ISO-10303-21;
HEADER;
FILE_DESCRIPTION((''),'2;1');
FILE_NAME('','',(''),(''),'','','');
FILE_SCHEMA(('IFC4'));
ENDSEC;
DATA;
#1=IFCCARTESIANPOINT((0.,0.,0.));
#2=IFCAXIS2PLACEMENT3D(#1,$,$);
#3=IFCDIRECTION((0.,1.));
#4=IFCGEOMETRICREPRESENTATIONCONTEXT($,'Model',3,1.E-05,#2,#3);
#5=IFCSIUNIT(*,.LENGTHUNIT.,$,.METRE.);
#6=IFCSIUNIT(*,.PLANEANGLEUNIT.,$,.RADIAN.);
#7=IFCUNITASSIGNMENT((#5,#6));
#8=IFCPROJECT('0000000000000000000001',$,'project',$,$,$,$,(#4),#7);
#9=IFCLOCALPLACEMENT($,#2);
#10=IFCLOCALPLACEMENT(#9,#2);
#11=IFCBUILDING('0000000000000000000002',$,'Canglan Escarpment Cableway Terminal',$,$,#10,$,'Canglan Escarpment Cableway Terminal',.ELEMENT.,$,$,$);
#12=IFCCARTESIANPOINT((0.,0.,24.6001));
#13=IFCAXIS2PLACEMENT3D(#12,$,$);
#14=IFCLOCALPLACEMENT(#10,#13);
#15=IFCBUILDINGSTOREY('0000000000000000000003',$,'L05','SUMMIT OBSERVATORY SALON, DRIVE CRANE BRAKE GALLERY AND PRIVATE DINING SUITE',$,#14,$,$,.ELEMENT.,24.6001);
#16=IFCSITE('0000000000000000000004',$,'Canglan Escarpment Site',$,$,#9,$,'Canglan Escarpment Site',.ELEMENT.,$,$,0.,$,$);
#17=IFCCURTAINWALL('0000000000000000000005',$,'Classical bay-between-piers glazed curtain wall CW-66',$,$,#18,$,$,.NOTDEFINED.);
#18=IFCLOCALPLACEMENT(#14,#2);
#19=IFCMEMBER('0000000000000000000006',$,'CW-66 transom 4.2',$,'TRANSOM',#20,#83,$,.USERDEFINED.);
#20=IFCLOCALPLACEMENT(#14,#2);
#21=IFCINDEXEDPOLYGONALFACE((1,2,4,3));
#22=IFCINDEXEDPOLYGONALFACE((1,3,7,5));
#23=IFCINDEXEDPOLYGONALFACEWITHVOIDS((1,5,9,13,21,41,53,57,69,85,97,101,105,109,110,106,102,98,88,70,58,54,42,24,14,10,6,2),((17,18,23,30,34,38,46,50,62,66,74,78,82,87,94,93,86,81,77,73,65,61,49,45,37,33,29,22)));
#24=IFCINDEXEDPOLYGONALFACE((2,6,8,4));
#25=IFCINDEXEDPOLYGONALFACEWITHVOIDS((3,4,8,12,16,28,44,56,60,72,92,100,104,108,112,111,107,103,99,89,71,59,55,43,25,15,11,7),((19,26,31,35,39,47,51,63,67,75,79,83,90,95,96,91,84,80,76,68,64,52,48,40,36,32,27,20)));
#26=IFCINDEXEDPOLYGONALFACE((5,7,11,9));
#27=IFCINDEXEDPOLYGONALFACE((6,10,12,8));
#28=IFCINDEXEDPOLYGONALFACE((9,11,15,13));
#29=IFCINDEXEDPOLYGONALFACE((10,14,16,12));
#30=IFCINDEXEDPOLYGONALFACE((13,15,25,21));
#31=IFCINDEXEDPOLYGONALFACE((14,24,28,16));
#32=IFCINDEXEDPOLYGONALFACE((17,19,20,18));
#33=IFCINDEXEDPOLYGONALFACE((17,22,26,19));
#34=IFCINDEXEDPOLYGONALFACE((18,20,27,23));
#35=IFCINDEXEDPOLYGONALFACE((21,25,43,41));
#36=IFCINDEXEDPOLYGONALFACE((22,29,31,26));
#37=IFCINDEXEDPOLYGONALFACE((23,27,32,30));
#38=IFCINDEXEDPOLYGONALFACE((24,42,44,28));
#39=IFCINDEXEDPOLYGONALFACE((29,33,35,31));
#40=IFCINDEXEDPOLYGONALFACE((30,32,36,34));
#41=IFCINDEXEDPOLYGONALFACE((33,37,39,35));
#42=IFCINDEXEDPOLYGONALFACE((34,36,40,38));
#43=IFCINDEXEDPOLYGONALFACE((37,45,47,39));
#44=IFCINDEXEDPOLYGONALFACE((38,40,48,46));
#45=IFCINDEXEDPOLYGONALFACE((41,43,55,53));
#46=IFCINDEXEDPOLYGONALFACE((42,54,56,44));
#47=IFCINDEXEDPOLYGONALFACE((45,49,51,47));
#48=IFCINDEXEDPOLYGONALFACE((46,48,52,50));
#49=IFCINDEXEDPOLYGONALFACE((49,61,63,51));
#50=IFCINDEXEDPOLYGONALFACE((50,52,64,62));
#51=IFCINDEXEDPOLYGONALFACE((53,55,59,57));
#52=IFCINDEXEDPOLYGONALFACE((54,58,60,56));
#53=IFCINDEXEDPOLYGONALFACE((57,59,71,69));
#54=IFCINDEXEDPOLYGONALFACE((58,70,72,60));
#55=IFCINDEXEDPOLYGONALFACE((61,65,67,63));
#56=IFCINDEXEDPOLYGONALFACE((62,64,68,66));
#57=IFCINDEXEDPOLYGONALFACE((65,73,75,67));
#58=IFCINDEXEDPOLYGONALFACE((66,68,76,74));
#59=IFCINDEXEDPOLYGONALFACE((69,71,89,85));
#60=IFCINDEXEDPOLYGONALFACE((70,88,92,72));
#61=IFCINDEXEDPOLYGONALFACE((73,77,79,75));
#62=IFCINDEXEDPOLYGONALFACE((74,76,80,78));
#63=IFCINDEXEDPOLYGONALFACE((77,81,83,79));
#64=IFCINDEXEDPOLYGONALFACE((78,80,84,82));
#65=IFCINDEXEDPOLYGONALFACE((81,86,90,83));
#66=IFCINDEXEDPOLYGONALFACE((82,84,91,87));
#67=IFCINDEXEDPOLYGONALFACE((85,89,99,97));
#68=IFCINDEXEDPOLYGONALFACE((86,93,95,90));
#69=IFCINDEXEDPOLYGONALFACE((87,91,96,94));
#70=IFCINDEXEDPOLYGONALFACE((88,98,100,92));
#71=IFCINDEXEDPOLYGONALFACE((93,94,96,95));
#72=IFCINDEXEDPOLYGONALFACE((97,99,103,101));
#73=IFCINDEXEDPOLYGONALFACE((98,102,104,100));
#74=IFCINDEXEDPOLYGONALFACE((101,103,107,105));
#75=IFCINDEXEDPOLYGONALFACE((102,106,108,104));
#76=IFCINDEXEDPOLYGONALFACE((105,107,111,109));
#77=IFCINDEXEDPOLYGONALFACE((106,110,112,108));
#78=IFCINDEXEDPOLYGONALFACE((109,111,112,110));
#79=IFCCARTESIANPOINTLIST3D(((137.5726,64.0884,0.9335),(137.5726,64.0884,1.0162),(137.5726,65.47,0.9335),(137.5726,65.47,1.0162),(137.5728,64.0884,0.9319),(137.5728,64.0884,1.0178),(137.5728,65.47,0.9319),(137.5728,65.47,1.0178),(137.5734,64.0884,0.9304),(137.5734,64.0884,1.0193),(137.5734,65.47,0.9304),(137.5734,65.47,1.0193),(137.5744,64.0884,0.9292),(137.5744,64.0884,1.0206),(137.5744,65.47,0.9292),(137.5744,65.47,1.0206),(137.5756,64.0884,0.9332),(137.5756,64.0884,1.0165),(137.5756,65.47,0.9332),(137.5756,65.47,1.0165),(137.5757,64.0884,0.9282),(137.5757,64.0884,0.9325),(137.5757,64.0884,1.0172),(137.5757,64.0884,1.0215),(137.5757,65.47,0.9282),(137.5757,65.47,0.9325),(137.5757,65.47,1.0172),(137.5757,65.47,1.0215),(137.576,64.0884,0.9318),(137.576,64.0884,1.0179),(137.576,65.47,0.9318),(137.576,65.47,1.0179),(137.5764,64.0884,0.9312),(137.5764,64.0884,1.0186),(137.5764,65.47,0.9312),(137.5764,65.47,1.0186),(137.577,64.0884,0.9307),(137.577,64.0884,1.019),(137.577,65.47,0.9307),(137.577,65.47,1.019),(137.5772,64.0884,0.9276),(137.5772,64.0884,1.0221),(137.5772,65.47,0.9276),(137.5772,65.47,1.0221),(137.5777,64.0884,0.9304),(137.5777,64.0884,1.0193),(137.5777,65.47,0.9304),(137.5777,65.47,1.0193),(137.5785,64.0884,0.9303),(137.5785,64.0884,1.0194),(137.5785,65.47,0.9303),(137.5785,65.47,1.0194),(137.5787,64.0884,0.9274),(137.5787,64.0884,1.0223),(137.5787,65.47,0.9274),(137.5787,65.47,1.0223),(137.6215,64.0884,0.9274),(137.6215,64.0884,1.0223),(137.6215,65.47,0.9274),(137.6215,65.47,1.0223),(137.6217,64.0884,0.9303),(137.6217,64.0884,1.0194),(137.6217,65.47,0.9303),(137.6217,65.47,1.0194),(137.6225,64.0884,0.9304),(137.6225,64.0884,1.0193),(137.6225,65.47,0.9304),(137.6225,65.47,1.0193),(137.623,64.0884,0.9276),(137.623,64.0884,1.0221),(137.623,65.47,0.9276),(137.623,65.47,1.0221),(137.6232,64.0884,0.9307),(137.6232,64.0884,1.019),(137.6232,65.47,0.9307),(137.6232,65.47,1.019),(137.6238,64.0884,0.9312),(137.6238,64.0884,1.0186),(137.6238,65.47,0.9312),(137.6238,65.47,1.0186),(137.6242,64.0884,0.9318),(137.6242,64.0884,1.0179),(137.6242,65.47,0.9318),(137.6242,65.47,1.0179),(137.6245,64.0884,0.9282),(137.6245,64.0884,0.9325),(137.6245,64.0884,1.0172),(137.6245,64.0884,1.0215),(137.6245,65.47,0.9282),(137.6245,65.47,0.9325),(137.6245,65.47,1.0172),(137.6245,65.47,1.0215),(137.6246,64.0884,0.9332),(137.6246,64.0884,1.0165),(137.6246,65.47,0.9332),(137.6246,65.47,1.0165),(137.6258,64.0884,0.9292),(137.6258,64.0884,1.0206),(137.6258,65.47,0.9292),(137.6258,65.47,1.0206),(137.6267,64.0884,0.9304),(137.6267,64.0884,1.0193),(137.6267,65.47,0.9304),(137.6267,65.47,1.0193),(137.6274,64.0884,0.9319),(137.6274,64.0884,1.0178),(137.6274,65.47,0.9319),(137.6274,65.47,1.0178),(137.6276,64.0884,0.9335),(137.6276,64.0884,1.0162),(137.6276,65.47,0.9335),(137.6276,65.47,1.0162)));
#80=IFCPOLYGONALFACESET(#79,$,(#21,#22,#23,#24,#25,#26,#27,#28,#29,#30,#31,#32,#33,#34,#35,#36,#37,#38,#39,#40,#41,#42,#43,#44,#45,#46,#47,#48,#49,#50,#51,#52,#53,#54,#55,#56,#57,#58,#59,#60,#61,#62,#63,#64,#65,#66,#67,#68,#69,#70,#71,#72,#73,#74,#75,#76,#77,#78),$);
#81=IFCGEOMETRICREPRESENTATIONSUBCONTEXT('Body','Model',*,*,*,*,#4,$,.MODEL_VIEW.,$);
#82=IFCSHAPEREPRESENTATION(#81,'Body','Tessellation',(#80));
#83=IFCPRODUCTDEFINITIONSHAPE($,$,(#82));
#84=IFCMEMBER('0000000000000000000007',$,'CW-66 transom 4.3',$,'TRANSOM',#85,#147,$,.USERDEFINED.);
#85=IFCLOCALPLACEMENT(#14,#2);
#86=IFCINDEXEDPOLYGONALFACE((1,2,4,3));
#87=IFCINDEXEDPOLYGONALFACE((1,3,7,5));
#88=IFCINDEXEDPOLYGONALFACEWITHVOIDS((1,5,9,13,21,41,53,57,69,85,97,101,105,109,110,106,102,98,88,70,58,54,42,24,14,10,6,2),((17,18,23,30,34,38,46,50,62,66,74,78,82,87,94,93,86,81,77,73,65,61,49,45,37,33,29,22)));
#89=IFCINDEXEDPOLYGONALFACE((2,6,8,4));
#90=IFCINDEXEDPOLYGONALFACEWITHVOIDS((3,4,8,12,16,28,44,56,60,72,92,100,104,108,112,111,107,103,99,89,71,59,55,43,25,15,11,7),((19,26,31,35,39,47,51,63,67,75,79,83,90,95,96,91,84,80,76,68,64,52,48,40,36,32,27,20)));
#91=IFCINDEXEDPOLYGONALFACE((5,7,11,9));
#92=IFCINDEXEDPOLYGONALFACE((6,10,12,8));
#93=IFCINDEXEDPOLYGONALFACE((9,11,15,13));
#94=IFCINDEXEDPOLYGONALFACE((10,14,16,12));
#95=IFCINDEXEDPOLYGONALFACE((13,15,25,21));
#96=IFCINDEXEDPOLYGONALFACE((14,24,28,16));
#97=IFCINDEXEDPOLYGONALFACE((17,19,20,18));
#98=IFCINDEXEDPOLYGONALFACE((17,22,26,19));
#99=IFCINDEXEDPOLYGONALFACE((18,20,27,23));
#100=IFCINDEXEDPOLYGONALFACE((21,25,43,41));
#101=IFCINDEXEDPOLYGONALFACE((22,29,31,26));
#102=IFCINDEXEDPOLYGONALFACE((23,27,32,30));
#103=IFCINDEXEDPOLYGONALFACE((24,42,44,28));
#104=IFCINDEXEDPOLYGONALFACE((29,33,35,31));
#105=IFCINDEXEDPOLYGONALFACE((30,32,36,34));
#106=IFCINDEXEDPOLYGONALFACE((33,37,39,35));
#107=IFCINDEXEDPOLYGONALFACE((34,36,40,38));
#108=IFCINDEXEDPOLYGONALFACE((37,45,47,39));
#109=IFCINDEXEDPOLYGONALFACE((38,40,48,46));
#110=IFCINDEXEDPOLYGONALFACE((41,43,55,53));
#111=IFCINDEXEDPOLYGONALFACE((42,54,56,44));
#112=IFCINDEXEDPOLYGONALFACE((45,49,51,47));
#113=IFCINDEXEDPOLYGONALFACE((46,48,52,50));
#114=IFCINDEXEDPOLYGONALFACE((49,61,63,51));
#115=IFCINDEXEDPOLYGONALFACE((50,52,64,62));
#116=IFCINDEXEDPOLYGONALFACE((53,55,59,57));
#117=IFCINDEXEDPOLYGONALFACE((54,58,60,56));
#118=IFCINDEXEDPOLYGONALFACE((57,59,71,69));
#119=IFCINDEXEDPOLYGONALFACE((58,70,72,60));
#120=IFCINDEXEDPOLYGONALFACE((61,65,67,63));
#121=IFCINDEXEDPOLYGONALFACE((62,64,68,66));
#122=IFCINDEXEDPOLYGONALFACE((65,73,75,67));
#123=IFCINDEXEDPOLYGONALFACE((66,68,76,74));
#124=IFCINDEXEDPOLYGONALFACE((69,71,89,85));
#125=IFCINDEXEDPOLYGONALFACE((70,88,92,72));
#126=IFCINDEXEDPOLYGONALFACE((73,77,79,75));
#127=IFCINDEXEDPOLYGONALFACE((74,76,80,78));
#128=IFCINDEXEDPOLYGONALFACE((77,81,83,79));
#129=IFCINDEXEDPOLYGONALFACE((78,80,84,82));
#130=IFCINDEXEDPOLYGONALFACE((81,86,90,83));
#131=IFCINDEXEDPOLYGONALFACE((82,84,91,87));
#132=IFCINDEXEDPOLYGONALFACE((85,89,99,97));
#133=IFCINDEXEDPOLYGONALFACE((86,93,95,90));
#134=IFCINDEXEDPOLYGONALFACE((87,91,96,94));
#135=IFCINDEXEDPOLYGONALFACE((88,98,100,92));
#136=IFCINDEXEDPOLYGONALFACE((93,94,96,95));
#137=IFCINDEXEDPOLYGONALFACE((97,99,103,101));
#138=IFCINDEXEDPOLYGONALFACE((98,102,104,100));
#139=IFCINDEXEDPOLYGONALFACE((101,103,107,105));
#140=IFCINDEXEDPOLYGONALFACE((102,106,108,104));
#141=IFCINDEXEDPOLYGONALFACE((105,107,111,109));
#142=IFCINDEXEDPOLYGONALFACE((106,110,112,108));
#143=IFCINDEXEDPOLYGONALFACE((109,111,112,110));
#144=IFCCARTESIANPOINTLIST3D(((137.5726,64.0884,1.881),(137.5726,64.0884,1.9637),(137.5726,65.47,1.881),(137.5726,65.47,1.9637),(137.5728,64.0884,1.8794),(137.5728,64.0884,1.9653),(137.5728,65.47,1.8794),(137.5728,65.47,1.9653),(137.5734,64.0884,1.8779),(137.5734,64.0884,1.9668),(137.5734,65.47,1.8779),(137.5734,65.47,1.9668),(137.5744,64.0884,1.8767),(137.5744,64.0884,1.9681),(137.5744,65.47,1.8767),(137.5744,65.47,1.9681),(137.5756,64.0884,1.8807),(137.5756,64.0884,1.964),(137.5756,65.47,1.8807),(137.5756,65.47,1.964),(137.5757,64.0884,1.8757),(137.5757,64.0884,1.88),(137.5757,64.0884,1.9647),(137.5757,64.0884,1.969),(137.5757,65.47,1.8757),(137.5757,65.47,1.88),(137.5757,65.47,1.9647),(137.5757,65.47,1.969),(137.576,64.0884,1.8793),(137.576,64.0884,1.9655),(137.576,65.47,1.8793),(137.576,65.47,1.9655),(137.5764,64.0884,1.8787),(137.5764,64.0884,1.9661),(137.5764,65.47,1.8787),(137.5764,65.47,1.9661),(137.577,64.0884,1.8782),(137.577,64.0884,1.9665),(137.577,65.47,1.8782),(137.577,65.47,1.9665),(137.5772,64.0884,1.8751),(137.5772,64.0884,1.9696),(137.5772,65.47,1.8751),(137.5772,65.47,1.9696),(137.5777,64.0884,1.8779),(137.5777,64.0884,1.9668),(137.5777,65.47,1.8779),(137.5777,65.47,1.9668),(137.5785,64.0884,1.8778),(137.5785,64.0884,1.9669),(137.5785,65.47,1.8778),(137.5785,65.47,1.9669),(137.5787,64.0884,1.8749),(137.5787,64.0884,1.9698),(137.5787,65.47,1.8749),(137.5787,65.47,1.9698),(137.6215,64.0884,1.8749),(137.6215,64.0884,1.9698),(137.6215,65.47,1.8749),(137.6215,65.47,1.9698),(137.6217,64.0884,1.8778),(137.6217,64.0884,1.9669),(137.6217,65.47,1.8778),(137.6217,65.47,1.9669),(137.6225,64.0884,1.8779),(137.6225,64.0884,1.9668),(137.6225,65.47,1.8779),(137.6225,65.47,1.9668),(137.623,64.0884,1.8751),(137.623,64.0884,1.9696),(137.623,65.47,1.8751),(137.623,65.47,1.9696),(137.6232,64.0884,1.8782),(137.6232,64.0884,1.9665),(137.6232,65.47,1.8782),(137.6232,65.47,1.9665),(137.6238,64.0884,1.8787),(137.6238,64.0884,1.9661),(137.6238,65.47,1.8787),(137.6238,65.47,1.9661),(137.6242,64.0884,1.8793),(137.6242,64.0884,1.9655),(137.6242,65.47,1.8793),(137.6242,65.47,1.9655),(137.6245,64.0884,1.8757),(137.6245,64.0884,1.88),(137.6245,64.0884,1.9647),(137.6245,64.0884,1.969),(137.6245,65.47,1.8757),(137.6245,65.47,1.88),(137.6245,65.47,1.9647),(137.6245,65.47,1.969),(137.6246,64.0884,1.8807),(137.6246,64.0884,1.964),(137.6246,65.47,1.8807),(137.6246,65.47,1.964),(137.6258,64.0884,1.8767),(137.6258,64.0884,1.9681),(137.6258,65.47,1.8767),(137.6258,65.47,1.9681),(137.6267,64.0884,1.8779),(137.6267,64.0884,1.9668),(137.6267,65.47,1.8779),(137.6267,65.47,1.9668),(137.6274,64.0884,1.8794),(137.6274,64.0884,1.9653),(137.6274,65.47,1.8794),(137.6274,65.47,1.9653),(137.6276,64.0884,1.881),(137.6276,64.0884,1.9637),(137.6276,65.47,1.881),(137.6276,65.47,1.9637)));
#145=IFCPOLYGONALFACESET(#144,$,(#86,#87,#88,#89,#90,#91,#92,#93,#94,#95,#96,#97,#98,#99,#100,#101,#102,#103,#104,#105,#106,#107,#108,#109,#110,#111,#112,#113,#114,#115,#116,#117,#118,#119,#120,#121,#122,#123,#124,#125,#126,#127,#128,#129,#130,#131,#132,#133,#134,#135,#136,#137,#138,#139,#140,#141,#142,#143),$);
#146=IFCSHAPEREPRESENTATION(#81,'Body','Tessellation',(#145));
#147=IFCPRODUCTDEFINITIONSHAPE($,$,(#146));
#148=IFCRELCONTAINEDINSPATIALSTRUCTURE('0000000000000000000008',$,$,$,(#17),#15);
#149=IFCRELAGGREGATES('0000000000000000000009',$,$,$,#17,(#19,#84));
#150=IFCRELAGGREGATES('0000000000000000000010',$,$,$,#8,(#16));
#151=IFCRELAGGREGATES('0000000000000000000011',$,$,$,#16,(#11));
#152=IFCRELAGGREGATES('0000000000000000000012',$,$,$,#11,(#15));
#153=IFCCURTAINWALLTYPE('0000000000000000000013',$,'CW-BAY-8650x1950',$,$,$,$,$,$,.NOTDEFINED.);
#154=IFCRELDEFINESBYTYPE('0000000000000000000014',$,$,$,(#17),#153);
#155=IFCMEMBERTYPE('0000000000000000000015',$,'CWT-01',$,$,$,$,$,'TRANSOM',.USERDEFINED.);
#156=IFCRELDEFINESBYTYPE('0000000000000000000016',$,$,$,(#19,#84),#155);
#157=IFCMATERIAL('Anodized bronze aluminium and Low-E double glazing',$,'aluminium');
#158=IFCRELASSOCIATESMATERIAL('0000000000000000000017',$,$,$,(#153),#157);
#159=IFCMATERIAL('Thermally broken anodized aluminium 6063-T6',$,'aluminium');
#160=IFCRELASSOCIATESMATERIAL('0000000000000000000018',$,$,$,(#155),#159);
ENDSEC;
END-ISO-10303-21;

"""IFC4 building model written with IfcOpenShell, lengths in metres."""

from ifc_helpers import new_model, si_unit, direction, frame, origin, origin_2d, place, context, subcontext, project, spatial, hollow_rectangle, extrude, material, material_profile, profile_set, type_object, element, aggregate, save


model = new_model("IFC4")

# Units and contexts
model_context = context("Model", 3, precision=1e-05, world=origin(), true_north=direction((0.0, 1.0)))
body_context = subcontext(model_context, "Body", "Model", "MODEL_VIEW")
ifc_project = project(units=[si_unit("LENGTHUNIT", "METRE"), si_unit("PLANEANGLEUNIT", "RADIAN")], contexts=[model_context])

# Site, building, storey
site_placement = place(None, origin())
site = spatial("IfcSite", under=ifc_project, at=site_placement, Name="Canglan Escarpment Site", LongName="Canglan Escarpment Site", CompositionType="ELEMENT", RefElevation=0.0)
building_placement = place(site_placement, origin())
building = spatial("IfcBuilding", under=site, at=building_placement, Name="Canglan Escarpment Cableway Terminal", LongName="Canglan Escarpment Cableway Terminal", CompositionType="ELEMENT")
storey_placement = place(building_placement, frame((0.0, 0.0, 24.6001)))
storey = spatial("IfcBuildingStorey", under=building, at=storey_placement, Name="L05", Description="SUMMIT OBSERVATORY SALON, DRIVE CRANE BRAKE GALLERY AND PRIVATE DINING SUITE", CompositionType="ELEMENT", Elevation=24.6001)

# Curtain wall, members
ifc_material_1 = material(Name="Anodized bronze aluminium and Low-E double glazing", Category="aluminium")
curtain_wall_type = type_object("IfcCurtainWallType", Name="CW-BAY-8650x1950", PredefinedType="NOTDEFINED", material=ifc_material_1)
curtain_wall_placement = place(storey_placement, origin())
curtain_wall = element("IfcCurtainWall", 1, at=curtain_wall_placement, inside=storey, type_object=curtain_wall_type, Name="Classical bay-between-piers glazed curtain wall CW-66", PredefinedType="NOTDEFINED")
ifc_material_2 = material(Name="Thermally broken anodized aluminium 6063-T6", Category="aluminium")
ifc_material_profile_1 = material_profile(ifc_material_2, hollow_rectangle(XDim=0.0549, YDim=0.095, WallThickness=0.0029, InnerFilletRadius=0.0029, OuterFilletRadius=0.0061, at=origin_2d()), Name="ALU-TRAN 55x95x3")
ifc_profile_set_1 = profile_set([ifc_material_profile_1], Name="Thermally broken anodized aluminium 6063-T6")
member_type_1 = type_object("IfcMemberType", Name="CWT-01", ElementType="TRANSOM", PredefinedType="USERDEFINED", material=ifc_profile_set_1)
member_1_placement = place(storey_placement, frame((137.6001, 65.47, 0.9749), z_axis=(0.0, -1.0, 0.0), x_axis=(1.0, 0.0, 0.0)))
member_1 = element("IfcMember", 2, at=member_1_placement, type_object=member_type_1, Name="CW-66 transom 4.2", ObjectType="TRANSOM", PredefinedType="USERDEFINED", context=body_context, shape_type="SweptSolid", body=[
    extrude(hollow_rectangle(XDim=0.0549, YDim=0.095, WallThickness=0.0029, InnerFilletRadius=0.0029, OuterFilletRadius=0.0061, at=origin_2d()), origin(), (0.0, 0.0, 1.0), 1.3816),
])
member_2_placement = place(storey_placement, frame((137.6001, 65.47, 1.9224), z_axis=(0.0, -1.0, 0.0), x_axis=(1.0, 0.0, 0.0)))
member_2 = element("IfcMember", 3, at=member_2_placement, type_object=member_type_1, Name="CW-66 transom 4.3", ObjectType="TRANSOM", PredefinedType="USERDEFINED", context=body_context, shape_type="SweptSolid", body=[
    extrude(hollow_rectangle(XDim=0.0549, YDim=0.095, WallThickness=0.0029, InnerFilletRadius=0.0029, OuterFilletRadius=0.0061, at=origin_2d()), origin(), (0.0, 0.0, 1.0), 1.3816),
])
aggregate(curtain_wall, [member_1, member_2])

save(model, "model.ifc")
